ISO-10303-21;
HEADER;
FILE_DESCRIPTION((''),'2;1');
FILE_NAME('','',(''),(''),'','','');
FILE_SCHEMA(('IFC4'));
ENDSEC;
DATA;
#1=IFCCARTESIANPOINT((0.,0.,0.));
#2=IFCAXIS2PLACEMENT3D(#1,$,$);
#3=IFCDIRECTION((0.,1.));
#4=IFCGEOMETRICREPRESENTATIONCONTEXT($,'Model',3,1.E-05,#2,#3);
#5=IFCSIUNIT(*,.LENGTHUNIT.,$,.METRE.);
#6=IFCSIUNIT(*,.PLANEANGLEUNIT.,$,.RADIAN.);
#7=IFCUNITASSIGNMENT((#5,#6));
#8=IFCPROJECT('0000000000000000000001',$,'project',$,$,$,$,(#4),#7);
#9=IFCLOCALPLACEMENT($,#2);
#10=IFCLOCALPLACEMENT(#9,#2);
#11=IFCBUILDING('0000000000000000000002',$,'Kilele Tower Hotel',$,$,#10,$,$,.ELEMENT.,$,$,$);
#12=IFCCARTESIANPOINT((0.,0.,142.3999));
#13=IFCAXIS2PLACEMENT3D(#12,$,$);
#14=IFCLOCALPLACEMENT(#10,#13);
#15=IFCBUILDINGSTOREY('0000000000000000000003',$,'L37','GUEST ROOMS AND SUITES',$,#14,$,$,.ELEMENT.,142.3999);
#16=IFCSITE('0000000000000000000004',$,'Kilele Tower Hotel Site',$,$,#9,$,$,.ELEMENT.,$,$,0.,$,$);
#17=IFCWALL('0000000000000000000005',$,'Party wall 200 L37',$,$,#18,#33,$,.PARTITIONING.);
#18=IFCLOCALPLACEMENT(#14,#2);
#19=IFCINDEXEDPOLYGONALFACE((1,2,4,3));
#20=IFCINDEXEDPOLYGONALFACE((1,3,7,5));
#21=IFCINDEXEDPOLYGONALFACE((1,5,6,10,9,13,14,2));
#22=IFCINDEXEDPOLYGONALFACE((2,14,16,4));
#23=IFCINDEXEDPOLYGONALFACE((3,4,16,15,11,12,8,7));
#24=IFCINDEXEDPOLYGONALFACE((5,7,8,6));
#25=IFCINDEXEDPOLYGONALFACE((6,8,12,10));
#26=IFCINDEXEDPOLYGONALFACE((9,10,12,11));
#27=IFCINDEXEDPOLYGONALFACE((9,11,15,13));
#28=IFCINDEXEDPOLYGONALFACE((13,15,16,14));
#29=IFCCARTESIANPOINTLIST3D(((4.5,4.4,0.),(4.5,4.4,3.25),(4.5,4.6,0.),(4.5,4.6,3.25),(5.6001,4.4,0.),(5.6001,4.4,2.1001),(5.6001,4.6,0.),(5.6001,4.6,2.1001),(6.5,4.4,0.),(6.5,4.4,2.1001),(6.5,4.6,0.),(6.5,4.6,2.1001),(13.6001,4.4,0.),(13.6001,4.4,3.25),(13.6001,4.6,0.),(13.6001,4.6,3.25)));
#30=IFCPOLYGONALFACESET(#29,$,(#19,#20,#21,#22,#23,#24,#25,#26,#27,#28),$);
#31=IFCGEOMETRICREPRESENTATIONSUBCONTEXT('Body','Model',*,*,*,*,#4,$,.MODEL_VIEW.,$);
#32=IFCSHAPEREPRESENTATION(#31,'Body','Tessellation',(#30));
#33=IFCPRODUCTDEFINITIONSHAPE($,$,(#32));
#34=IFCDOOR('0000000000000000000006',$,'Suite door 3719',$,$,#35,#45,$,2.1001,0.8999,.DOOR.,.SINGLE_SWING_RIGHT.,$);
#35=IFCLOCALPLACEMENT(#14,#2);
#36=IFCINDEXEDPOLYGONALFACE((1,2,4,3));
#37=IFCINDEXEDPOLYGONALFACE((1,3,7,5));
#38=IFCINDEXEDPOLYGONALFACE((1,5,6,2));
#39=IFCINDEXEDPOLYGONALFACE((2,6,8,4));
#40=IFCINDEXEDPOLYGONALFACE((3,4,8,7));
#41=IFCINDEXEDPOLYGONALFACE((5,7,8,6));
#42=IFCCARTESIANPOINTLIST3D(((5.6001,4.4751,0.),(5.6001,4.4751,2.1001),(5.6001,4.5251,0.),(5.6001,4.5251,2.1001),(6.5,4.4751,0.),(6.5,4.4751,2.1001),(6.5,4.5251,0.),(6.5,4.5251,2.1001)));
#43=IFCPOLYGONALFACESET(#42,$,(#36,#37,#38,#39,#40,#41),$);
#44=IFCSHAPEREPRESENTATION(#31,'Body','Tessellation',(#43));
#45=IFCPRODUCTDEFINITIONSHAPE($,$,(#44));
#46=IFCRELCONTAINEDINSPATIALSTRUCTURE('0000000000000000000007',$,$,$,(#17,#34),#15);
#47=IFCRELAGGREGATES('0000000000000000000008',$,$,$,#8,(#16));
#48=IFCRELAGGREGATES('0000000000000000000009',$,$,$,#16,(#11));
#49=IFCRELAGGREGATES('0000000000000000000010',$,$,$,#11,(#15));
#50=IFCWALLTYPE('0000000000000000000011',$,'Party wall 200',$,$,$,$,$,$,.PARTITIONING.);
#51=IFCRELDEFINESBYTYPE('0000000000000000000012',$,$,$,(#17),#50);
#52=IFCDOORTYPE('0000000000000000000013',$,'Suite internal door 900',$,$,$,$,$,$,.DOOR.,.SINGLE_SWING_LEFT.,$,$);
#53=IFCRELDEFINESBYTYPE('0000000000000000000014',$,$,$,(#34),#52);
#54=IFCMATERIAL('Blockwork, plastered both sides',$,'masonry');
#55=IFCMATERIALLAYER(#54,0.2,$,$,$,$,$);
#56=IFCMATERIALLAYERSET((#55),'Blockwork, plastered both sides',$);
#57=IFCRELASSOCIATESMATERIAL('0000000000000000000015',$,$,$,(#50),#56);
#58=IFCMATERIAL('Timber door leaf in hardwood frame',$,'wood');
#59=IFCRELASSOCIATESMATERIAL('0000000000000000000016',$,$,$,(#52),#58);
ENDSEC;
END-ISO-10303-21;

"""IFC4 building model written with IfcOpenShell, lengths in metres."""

from ifc_helpers import new_model, si_unit, direction, frame, frame_2d, origin, place, context, subcontext, project, spatial, rectangle, extrude, material, layer, layer_set, type_object, element, fill, save


model = new_model("IFC4")

# Units and contexts
model_context = context("Model", 3, precision=1e-05, world=origin(), true_north=direction((0.0, 1.0)))
body_context = subcontext(model_context, "Body", "Model", "MODEL_VIEW")
ifc_project = project(units=[si_unit("LENGTHUNIT", "METRE"), si_unit("PLANEANGLEUNIT", "RADIAN")], contexts=[model_context])

# Site, building, storey
site_placement = place(None, origin())
site = spatial("IfcSite", under=ifc_project, at=site_placement, Name="Kilele Tower Hotel Site", CompositionType="ELEMENT", RefElevation=0.0)
building_placement = place(site_placement, origin())
building = spatial("IfcBuilding", under=site, at=building_placement, Name="Kilele Tower Hotel", CompositionType="ELEMENT")
storey_placement = place(building_placement, frame((0.0, 0.0, 142.3999)))
storey = spatial("IfcBuildingStorey", under=building, at=storey_placement, Name="L37", Description="GUEST ROOMS AND SUITES", CompositionType="ELEMENT", Elevation=142.3999)

# Wall, opening, door
ifc_material_1 = material(Name="Blockwork, plastered both sides", Category="masonry")
ifc_layer_1 = layer(ifc_material_1, 0.2)
ifc_layer_set_1 = layer_set([ifc_layer_1], Name="Blockwork, plastered both sides")
wall_type_1 = type_object("IfcWallType", Name="Party wall 200", PredefinedType="PARTITIONING", material=ifc_layer_set_1)
wall_1_placement = place(storey_placement, frame((13.6001, 4.5, 0.0), z_axis=(0.0, 0.0, 1.0), x_axis=(-1.0, 0.0, 0.0)))
wall_1 = element("IfcWall", 1, at=wall_1_placement, inside=storey, type_object=wall_type_1, Name="Party wall 200 L37", PredefinedType="PARTITIONING", context=body_context, shape_type="SweptSolid", body=[
    extrude(rectangle(XDim=9.1001, YDim=0.2, at=frame_2d((4.55, 0.0))), origin(), (0.0, 0.0, 1.0), 3.25),
])
opening_1_placement = place(wall_1_placement, frame((7.1001, 0.0, 0.0)))
opening_1 = element("IfcOpeningElement", 2, at=opening_1_placement, cuts=wall_1, PredefinedType="OPENING", context=body_context, shape_type="SweptSolid", body=[
    extrude(rectangle(XDim=0.8999, YDim=2.1001, at=frame_2d((0.45, 1.05))), frame((0.0, 0.1099, 0.0), z_axis=(0.0, -1.0, 0.0), x_axis=(1.0, 0.0, 0.0)), (0.0, 0.0, 1.0), 0.22),
])
ifc_material_2 = material(Name="Timber door leaf in hardwood frame", Category="wood")
door_type_1 = type_object("IfcDoorType", Name="Suite internal door 900", OperationType="SINGLE_SWING_LEFT", PredefinedType="DOOR", material=ifc_material_2)
door_1_placement = place(opening_1_placement, origin())
door_1 = element("IfcDoor", 3, at=door_1_placement, inside=storey, type_object=door_type_1, Name="Suite door 3719", OperationType="SINGLE_SWING_RIGHT", OverallHeight=2.1001, OverallWidth=0.8999, PredefinedType="DOOR", context=body_context, shape_type="SweptSolid", body=[
    extrude(rectangle(XDim=0.8999, YDim=2.1001, at=frame_2d((0.45, 1.05))), frame((0.0, 0.0249, 0.0), z_axis=(0.0, -1.0, 0.0), x_axis=(1.0, 0.0, 0.0)), (0.0, 0.0, 1.0), 0.05),
])
fill(opening_1, door_1)

save(model, "model.ifc")
